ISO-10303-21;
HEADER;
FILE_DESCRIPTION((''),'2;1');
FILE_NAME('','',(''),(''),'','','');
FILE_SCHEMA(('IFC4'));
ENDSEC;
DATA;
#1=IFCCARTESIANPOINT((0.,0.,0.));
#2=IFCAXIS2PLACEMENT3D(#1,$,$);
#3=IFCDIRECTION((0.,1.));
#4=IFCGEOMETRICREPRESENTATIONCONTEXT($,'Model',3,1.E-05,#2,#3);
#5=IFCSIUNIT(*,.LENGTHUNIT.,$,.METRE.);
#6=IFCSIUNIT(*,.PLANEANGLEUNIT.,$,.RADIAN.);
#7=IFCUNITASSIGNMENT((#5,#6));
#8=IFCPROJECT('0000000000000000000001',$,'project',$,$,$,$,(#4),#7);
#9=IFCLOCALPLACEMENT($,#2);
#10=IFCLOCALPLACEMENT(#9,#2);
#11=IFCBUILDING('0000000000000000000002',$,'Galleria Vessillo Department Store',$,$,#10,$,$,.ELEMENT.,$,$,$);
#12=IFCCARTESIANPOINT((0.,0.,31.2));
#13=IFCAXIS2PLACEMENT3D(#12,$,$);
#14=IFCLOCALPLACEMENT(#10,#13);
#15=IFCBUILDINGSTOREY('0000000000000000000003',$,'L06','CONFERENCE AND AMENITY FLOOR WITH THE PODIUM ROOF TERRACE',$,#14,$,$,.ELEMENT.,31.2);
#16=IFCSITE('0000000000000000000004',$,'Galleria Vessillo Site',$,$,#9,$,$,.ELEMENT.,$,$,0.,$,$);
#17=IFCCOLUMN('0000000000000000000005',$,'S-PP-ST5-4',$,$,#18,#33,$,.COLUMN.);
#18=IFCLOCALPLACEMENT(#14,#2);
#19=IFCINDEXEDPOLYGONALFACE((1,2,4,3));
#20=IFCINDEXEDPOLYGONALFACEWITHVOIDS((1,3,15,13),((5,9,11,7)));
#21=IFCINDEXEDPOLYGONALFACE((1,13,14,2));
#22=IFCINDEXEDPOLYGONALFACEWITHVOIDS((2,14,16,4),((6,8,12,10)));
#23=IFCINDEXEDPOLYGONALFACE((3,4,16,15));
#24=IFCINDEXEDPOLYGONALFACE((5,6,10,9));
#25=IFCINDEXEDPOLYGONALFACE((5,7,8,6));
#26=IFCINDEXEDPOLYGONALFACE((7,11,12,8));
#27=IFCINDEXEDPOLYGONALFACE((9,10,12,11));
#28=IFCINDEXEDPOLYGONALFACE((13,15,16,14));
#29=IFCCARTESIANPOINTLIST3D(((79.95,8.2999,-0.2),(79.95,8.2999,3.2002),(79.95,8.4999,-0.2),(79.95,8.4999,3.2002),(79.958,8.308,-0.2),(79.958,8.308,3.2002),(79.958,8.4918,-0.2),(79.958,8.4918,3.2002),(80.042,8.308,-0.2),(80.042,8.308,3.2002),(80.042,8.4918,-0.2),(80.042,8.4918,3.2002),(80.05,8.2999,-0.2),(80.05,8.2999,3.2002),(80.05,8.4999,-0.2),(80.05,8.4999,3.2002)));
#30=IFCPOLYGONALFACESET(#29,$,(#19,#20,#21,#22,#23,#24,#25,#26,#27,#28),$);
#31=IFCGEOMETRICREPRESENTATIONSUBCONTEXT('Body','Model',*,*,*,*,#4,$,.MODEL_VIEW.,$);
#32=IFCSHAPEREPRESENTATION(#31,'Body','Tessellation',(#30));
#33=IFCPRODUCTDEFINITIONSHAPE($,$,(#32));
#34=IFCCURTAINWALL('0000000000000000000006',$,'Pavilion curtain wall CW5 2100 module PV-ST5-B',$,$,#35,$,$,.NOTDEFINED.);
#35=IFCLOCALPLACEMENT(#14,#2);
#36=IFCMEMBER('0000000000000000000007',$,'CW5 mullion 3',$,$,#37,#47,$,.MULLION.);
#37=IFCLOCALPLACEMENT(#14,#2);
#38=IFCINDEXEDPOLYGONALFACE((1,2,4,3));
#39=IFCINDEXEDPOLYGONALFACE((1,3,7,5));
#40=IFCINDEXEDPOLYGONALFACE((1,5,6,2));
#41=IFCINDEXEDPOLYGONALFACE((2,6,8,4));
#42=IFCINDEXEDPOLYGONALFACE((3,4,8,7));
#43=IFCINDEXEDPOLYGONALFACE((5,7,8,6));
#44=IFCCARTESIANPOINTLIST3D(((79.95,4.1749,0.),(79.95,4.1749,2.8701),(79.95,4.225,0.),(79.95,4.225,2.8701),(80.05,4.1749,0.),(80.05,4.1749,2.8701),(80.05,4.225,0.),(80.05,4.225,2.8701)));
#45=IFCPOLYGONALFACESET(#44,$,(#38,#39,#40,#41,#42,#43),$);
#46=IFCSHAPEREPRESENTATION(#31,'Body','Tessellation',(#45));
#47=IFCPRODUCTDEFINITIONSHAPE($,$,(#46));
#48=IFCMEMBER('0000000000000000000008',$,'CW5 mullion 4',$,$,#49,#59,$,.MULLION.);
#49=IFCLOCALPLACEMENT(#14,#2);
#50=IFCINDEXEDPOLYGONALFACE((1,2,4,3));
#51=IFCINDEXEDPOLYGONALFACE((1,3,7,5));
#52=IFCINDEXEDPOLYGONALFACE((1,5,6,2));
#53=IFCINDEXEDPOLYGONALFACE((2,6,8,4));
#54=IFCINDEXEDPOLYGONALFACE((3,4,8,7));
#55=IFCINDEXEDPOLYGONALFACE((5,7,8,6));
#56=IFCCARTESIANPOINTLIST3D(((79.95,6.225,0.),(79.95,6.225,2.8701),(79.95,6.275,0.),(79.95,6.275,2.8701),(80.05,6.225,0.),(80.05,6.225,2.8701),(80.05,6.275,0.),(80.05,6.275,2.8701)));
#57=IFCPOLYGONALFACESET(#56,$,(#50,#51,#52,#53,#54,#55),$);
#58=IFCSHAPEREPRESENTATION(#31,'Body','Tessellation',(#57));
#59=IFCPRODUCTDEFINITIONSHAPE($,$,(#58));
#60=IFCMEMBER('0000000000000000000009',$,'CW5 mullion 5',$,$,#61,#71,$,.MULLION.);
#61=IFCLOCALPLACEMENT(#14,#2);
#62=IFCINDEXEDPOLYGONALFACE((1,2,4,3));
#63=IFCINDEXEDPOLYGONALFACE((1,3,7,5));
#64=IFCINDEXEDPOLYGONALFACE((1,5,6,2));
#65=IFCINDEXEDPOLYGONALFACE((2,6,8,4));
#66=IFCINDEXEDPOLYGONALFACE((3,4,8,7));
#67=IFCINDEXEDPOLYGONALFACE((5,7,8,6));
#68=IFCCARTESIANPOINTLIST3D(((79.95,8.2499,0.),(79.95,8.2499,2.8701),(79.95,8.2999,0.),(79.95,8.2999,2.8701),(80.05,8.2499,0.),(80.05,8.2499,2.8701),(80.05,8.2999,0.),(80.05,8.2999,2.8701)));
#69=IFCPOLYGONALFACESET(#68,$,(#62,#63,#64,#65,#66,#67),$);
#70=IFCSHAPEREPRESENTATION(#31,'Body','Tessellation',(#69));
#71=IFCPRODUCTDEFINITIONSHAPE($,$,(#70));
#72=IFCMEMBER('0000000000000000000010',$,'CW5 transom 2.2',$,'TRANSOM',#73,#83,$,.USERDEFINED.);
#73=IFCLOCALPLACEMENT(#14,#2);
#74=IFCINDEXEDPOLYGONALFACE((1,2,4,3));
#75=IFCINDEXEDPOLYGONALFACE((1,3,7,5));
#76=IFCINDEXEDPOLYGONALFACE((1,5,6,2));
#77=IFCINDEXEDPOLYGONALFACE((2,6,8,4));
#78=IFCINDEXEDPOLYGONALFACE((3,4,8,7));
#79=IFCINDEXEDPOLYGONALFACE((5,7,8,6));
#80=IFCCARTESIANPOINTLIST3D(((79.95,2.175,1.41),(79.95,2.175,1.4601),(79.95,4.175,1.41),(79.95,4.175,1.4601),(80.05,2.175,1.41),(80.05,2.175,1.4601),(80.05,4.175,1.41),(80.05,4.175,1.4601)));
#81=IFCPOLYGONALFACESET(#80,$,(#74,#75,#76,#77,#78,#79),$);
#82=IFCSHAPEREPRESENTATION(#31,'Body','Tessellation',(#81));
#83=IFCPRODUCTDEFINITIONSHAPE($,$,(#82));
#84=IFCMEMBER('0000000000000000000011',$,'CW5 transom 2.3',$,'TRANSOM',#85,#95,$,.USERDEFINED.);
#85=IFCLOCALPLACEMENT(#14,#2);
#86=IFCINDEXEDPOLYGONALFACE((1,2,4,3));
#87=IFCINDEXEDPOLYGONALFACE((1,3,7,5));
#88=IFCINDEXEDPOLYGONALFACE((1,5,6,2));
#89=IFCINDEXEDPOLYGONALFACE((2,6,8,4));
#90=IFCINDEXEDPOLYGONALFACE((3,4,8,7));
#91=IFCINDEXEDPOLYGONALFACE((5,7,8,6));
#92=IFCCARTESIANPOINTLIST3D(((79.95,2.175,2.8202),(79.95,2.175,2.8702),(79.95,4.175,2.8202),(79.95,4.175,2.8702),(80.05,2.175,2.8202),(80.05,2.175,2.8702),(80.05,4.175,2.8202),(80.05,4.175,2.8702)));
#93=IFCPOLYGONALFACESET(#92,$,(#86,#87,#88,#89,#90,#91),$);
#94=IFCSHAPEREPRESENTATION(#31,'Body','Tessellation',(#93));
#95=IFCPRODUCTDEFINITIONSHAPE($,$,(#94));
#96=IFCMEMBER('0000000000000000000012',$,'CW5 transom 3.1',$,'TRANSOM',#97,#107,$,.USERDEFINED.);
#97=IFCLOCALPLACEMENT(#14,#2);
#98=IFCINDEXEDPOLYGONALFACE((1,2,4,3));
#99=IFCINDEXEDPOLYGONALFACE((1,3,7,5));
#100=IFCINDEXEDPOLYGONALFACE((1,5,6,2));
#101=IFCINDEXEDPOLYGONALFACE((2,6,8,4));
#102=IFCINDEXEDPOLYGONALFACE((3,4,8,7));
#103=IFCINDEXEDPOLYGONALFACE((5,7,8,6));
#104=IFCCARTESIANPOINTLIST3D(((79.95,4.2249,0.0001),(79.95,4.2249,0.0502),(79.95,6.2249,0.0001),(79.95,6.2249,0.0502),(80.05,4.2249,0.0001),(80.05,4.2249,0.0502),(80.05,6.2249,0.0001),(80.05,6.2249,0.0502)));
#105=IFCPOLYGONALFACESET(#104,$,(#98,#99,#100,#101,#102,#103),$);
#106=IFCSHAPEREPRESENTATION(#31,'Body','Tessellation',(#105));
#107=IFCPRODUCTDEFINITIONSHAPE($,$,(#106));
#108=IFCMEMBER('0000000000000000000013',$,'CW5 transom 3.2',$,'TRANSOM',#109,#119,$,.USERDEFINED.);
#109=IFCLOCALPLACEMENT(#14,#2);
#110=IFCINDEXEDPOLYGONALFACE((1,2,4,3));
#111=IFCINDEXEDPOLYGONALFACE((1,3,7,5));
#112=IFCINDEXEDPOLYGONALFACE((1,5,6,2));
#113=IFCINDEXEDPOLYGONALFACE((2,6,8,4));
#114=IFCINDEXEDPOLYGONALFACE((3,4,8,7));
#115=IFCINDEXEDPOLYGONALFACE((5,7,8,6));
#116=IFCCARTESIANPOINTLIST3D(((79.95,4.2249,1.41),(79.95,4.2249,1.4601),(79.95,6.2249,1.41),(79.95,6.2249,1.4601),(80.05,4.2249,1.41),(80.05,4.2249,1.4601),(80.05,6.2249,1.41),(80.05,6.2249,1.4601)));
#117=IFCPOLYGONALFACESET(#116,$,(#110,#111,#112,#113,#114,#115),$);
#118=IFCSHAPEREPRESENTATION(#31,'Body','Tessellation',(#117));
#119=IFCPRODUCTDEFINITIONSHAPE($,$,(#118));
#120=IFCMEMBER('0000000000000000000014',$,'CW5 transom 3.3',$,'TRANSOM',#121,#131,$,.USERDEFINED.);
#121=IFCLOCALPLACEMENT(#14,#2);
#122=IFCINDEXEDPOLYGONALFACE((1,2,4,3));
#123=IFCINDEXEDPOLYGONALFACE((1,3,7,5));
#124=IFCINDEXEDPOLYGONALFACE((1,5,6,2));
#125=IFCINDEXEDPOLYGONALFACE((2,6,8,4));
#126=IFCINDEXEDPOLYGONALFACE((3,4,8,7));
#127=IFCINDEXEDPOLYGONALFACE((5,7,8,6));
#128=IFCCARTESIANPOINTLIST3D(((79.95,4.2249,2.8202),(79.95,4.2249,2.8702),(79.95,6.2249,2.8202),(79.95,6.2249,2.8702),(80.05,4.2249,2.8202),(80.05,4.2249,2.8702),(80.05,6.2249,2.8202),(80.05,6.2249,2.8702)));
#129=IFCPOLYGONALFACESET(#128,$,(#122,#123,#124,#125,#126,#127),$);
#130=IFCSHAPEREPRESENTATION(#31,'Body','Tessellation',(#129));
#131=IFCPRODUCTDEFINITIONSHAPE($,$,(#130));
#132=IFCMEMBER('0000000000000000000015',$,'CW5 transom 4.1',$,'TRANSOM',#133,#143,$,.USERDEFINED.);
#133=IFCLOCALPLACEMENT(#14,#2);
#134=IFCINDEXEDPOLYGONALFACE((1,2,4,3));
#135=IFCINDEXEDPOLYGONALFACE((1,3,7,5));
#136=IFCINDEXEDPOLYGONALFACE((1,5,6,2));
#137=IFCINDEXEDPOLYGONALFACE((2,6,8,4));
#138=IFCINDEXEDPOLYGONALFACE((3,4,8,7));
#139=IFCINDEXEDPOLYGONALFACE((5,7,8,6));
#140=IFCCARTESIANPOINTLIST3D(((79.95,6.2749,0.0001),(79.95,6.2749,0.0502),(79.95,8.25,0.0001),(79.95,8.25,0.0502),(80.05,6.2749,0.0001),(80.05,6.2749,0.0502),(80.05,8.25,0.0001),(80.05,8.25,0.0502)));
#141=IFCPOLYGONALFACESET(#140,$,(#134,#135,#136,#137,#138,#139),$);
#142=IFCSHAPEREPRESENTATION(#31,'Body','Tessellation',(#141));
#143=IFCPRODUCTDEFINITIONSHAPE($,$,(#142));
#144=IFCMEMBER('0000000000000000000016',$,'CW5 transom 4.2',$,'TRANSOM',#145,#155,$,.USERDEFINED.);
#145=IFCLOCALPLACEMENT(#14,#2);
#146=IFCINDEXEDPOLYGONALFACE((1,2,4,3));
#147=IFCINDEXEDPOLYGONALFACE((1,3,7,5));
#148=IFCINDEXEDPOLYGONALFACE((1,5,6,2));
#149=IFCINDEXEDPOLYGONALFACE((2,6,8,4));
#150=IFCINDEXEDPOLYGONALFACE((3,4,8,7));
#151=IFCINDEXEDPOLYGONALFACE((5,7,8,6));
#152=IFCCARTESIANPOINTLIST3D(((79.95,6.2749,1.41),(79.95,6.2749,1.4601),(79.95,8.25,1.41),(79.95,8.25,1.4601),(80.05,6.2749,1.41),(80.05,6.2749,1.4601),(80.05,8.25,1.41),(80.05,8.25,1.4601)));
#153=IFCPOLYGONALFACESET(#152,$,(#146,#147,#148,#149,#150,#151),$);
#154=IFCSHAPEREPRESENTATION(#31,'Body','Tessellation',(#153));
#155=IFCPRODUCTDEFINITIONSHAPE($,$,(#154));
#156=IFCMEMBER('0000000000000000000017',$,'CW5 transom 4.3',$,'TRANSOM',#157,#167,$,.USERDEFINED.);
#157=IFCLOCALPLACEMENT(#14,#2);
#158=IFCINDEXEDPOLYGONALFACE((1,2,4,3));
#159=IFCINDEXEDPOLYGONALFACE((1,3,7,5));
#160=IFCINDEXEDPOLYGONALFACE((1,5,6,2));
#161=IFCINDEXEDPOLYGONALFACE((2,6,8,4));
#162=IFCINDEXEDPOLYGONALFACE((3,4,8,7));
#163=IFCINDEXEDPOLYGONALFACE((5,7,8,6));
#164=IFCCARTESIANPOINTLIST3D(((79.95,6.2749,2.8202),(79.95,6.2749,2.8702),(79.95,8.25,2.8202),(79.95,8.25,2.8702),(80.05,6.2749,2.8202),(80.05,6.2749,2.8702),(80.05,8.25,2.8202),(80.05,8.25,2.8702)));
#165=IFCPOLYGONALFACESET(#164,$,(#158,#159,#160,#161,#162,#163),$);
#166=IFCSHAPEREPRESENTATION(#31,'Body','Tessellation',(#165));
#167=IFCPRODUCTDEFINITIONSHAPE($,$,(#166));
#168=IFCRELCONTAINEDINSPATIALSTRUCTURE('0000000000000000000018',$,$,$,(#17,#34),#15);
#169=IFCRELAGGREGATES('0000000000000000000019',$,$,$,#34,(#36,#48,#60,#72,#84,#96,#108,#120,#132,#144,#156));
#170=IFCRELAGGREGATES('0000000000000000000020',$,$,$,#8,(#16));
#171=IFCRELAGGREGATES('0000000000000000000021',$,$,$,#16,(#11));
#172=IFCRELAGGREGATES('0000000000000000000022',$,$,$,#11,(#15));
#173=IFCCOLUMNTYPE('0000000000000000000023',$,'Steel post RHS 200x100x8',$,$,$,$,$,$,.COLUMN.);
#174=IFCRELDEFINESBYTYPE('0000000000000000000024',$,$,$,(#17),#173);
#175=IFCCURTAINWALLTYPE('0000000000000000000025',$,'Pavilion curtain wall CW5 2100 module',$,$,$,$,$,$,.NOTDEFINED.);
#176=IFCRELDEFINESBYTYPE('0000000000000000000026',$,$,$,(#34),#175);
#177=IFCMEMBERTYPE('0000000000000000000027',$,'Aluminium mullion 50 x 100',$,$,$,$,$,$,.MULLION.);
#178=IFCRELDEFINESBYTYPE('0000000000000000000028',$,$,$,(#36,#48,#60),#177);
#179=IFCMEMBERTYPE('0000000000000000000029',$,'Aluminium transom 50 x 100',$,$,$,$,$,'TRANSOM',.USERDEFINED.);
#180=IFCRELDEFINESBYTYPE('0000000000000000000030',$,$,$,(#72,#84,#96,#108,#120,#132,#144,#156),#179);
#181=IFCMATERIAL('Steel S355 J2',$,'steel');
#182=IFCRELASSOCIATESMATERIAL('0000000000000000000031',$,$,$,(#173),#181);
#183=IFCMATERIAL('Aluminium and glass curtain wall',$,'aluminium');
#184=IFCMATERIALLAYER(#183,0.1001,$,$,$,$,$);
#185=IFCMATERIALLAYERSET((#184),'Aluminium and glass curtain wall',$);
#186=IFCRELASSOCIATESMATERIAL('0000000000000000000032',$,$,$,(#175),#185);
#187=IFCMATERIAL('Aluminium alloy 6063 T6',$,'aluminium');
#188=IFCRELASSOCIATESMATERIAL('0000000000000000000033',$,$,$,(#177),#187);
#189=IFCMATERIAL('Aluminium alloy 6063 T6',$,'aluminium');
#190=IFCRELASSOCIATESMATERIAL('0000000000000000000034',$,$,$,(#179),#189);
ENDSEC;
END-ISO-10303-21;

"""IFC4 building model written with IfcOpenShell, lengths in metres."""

from ifc_helpers import new_model, si_unit, direction, frame, origin, origin_2d, place, context, subcontext, project, spatial, rectangle, hollow_rectangle, extrude, material, layer, layer_set, material_profile, profile_set, type_object, element, aggregate, save


model = new_model("IFC4")

# Units and contexts
model_context = context("Model", 3, precision=1e-05, world=origin(), true_north=direction((0.0, 1.0)))
body_context = subcontext(model_context, "Body", "Model", "MODEL_VIEW")
ifc_project = project(units=[si_unit("LENGTHUNIT", "METRE"), si_unit("PLANEANGLEUNIT", "RADIAN")], contexts=[model_context])

# Site, building, storey
site_placement = place(None, origin())
site = spatial("IfcSite", under=ifc_project, at=site_placement, Name="Galleria Vessillo Site", CompositionType="ELEMENT", RefElevation=0.0)
building_placement = place(site_placement, origin())
building = spatial("IfcBuilding", under=site, at=building_placement, Name="Galleria Vessillo Department Store", CompositionType="ELEMENT")
storey_placement = place(building_placement, frame((0.0, 0.0, 31.2)))
storey = spatial("IfcBuildingStorey", under=building, at=storey_placement, Name="L06", Description="CONFERENCE AND AMENITY FLOOR WITH THE PODIUM ROOF TERRACE", CompositionType="ELEMENT", Elevation=31.2)

# Column
ifc_material_1 = material(Name="Steel S355 J2", Category="steel")
ifc_material_profile_1 = material_profile(ifc_material_1, hollow_rectangle(XDim=0.1001, YDim=0.2, WallThickness=0.0081, at=origin_2d()), Name="RHS 200x100x8")
ifc_profile_set_1 = profile_set([ifc_material_profile_1], Name="Steel S355 J2")
column_type = type_object("IfcColumnType", Name="Steel post RHS 200x100x8", PredefinedType="COLUMN", material=ifc_profile_set_1)
column_placement = place(storey_placement, frame((80.0, 8.3999, -0.2), z_axis=(0.0, 0.0, 1.0), x_axis=(1.0, 0.0, 0.0)))
element("IfcColumn", 1, at=column_placement, inside=storey, type_object=column_type, Name="S-PP-ST5-4", PredefinedType="COLUMN", context=body_context, shape_type="SweptSolid", body=[
    extrude(hollow_rectangle(XDim=0.1001, YDim=0.2, WallThickness=0.0081, at=origin_2d()), origin(), (0.0, 0.0, 1.0), 3.4001),
])

# Curtain wall, members
ifc_material_2 = material(Name="Aluminium and glass curtain wall", Category="aluminium")
ifc_layer_1 = layer(ifc_material_2, 0.1001)
ifc_layer_set_1 = layer_set([ifc_layer_1], Name="Aluminium and glass curtain wall")
curtain_wall_type = type_object("IfcCurtainWallType", Name="Pavilion curtain wall CW5 2100 module", PredefinedType="NOTDEFINED", material=ifc_layer_set_1)
curtain_wall_placement = place(storey_placement, origin())
curtain_wall = element("IfcCurtainWall", 2, at=curtain_wall_placement, inside=storey, type_object=curtain_wall_type, Name="Pavilion curtain wall CW5 2100 module PV-ST5-B", PredefinedType="NOTDEFINED")
ifc_material_3 = material(Name="Aluminium alloy 6063 T6", Category="aluminium")
ifc_material_profile_2 = material_profile(ifc_material_3, rectangle(XDim=0.1001, YDim=0.05, at=origin_2d()), Name="AL 50x100")
ifc_profile_set_2 = profile_set([ifc_material_profile_2], Name="Aluminium alloy 6063 T6")
member_type_1 = type_object("IfcMemberType", Name="Aluminium mullion 50 x 100", PredefinedType="MULLION", material=ifc_profile_set_2)
member_1_placement = place(storey_placement, frame((80.0, 4.2, 0.0), z_axis=(0.0, 0.0, 1.0), x_axis=(-1.0, 0.0, 0.0)))
member_1 = element("IfcMember", 3, at=member_1_placement, type_object=member_type_1, Name="CW5 mullion 3", PredefinedType="MULLION", context=body_context, shape_type="SweptSolid", body=[
    extrude(rectangle(XDim=0.1001, YDim=0.05, at=origin_2d()), origin(), (0.0, 0.0, 1.0), 2.8701),
])
member_2_placement = place(storey_placement, frame((80.0, 6.25, 0.0), z_axis=(0.0, 0.0, 1.0), x_axis=(-1.0, 0.0, 0.0)))
member_2 = element("IfcMember", 4, at=member_2_placement, type_object=member_type_1, Name="CW5 mullion 4", PredefinedType="MULLION", context=body_context, shape_type="SweptSolid", body=[
    extrude(rectangle(XDim=0.1001, YDim=0.05, at=origin_2d()), origin(), (0.0, 0.0, 1.0), 2.8701),
])
member_3_placement = place(storey_placement, frame((80.0, 8.2749, 0.0), z_axis=(0.0, 0.0, 1.0), x_axis=(-1.0, 0.0, 0.0)))
member_3 = element("IfcMember", 5, at=member_3_placement, type_object=member_type_1, Name="CW5 mullion 5", PredefinedType="MULLION", context=body_context, shape_type="SweptSolid", body=[
    extrude(rectangle(XDim=0.1001, YDim=0.05, at=origin_2d()), origin(), (0.0, 0.0, 1.0), 2.8701),
])
ifc_material_4 = material(Name="Aluminium alloy 6063 T6", Category="aluminium")
ifc_material_profile_3 = material_profile(ifc_material_4, rectangle(XDim=0.1001, YDim=0.05, at=origin_2d()), Name="AL 50x100")
ifc_profile_set_3 = profile_set([ifc_material_profile_3], Name="Aluminium alloy 6063 T6")
member_type_2 = type_object("IfcMemberType", Name="Aluminium transom 50 x 100", ElementType="TRANSOM", PredefinedType="USERDEFINED", material=ifc_profile_set_3)
member_4_placement = place(storey_placement, frame((80.0, 2.175, 1.4351), z_axis=(0.0, 1.0, 0.0), x_axis=(-1.0, 0.0, 0.0)))
member_4 = element("IfcMember", 6, at=member_4_placement, type_object=member_type_2, Name="CW5 transom 2.2", ObjectType="TRANSOM", PredefinedType="USERDEFINED", context=body_context, shape_type="SweptSolid", body=[
    extrude(rectangle(XDim=0.1001, YDim=0.05, at=origin_2d()), origin(), (0.0, 0.0, 1.0), 2.0),
])
member_5_placement = place(storey_placement, frame((80.0, 2.175, 2.8452), z_axis=(0.0, 1.0, 0.0), x_axis=(-1.0, 0.0, 0.0)))
member_5 = element("IfcMember", 7, at=member_5_placement, type_object=member_type_2, Name="CW5 transom 2.3", ObjectType="TRANSOM", PredefinedType="USERDEFINED", context=body_context, shape_type="SweptSolid", body=[
    extrude(rectangle(XDim=0.1001, YDim=0.05, at=origin_2d()), origin(), (0.0, 0.0, 1.0), 2.0),
])
member_6_placement = place(storey_placement, frame((80.0, 4.2249, 0.0251), z_axis=(0.0, 1.0, 0.0), x_axis=(-1.0, 0.0, 0.0)))
member_6 = element("IfcMember", 8, at=member_6_placement, type_object=member_type_2, Name="CW5 transom 3.1", ObjectType="TRANSOM", PredefinedType="USERDEFINED", context=body_context, shape_type="SweptSolid", body=[
    extrude(rectangle(XDim=0.1001, YDim=0.05, at=origin_2d()), origin(), (0.0, 0.0, 1.0), 2.0),
])
member_7_placement = place(storey_placement, frame((80.0, 4.2249, 1.4351), z_axis=(0.0, 1.0, 0.0), x_axis=(-1.0, 0.0, 0.0)))
member_7 = element("IfcMember", 9, at=member_7_placement, type_object=member_type_2, Name="CW5 transom 3.2", ObjectType="TRANSOM", PredefinedType="USERDEFINED", context=body_context, shape_type="SweptSolid", body=[
    extrude(rectangle(XDim=0.1001, YDim=0.05, at=origin_2d()), origin(), (0.0, 0.0, 1.0), 2.0),
])
member_8_placement = place(storey_placement, frame((80.0, 4.2249, 2.8452), z_axis=(0.0, 1.0, 0.0), x_axis=(-1.0, 0.0, 0.0)))
member_8 = element("IfcMember", 10, at=member_8_placement, type_object=member_type_2, Name="CW5 transom 3.3", ObjectType="TRANSOM", PredefinedType="USERDEFINED", context=body_context, shape_type="SweptSolid", body=[
    extrude(rectangle(XDim=0.1001, YDim=0.05, at=origin_2d()), origin(), (0.0, 0.0, 1.0), 2.0),
])
member_9_placement = place(storey_placement, frame((80.0, 6.2749, 0.0251), z_axis=(0.0, 1.0, 0.0), x_axis=(-1.0, 0.0, 0.0)))
member_9 = element("IfcMember", 11, at=member_9_placement, type_object=member_type_2, Name="CW5 transom 4.1", ObjectType="TRANSOM", PredefinedType="USERDEFINED", context=body_context, shape_type="SweptSolid", body=[
    extrude(rectangle(XDim=0.1001, YDim=0.05, at=origin_2d()), origin(), (0.0, 0.0, 1.0), 1.9751),
])
member_10_placement = place(storey_placement, frame((80.0, 6.2749, 1.4351), z_axis=(0.0, 1.0, 0.0), x_axis=(-1.0, 0.0, 0.0)))
member_10 = element("IfcMember", 12, at=member_10_placement, type_object=member_type_2, Name="CW5 transom 4.2", ObjectType="TRANSOM", PredefinedType="USERDEFINED", context=body_context, shape_type="SweptSolid", body=[
    extrude(rectangle(XDim=0.1001, YDim=0.05, at=origin_2d()), origin(), (0.0, 0.0, 1.0), 1.9751),
])
member_11_placement = place(storey_placement, frame((80.0, 6.2749, 2.8452), z_axis=(0.0, 1.0, 0.0), x_axis=(-1.0, 0.0, 0.0)))
member_11 = element("IfcMember", 13, at=member_11_placement, type_object=member_type_2, Name="CW5 transom 4.3", ObjectType="TRANSOM", PredefinedType="USERDEFINED", context=body_context, shape_type="SweptSolid", body=[
    extrude(rectangle(XDim=0.1001, YDim=0.05, at=origin_2d()), origin(), (0.0, 0.0, 1.0), 1.9751),
])

aggregate(curtain_wall, [member_1, member_2, member_3, member_4, member_5, member_6, member_7, member_8, member_9, member_10, member_11])

save(model, "model.ifc")
